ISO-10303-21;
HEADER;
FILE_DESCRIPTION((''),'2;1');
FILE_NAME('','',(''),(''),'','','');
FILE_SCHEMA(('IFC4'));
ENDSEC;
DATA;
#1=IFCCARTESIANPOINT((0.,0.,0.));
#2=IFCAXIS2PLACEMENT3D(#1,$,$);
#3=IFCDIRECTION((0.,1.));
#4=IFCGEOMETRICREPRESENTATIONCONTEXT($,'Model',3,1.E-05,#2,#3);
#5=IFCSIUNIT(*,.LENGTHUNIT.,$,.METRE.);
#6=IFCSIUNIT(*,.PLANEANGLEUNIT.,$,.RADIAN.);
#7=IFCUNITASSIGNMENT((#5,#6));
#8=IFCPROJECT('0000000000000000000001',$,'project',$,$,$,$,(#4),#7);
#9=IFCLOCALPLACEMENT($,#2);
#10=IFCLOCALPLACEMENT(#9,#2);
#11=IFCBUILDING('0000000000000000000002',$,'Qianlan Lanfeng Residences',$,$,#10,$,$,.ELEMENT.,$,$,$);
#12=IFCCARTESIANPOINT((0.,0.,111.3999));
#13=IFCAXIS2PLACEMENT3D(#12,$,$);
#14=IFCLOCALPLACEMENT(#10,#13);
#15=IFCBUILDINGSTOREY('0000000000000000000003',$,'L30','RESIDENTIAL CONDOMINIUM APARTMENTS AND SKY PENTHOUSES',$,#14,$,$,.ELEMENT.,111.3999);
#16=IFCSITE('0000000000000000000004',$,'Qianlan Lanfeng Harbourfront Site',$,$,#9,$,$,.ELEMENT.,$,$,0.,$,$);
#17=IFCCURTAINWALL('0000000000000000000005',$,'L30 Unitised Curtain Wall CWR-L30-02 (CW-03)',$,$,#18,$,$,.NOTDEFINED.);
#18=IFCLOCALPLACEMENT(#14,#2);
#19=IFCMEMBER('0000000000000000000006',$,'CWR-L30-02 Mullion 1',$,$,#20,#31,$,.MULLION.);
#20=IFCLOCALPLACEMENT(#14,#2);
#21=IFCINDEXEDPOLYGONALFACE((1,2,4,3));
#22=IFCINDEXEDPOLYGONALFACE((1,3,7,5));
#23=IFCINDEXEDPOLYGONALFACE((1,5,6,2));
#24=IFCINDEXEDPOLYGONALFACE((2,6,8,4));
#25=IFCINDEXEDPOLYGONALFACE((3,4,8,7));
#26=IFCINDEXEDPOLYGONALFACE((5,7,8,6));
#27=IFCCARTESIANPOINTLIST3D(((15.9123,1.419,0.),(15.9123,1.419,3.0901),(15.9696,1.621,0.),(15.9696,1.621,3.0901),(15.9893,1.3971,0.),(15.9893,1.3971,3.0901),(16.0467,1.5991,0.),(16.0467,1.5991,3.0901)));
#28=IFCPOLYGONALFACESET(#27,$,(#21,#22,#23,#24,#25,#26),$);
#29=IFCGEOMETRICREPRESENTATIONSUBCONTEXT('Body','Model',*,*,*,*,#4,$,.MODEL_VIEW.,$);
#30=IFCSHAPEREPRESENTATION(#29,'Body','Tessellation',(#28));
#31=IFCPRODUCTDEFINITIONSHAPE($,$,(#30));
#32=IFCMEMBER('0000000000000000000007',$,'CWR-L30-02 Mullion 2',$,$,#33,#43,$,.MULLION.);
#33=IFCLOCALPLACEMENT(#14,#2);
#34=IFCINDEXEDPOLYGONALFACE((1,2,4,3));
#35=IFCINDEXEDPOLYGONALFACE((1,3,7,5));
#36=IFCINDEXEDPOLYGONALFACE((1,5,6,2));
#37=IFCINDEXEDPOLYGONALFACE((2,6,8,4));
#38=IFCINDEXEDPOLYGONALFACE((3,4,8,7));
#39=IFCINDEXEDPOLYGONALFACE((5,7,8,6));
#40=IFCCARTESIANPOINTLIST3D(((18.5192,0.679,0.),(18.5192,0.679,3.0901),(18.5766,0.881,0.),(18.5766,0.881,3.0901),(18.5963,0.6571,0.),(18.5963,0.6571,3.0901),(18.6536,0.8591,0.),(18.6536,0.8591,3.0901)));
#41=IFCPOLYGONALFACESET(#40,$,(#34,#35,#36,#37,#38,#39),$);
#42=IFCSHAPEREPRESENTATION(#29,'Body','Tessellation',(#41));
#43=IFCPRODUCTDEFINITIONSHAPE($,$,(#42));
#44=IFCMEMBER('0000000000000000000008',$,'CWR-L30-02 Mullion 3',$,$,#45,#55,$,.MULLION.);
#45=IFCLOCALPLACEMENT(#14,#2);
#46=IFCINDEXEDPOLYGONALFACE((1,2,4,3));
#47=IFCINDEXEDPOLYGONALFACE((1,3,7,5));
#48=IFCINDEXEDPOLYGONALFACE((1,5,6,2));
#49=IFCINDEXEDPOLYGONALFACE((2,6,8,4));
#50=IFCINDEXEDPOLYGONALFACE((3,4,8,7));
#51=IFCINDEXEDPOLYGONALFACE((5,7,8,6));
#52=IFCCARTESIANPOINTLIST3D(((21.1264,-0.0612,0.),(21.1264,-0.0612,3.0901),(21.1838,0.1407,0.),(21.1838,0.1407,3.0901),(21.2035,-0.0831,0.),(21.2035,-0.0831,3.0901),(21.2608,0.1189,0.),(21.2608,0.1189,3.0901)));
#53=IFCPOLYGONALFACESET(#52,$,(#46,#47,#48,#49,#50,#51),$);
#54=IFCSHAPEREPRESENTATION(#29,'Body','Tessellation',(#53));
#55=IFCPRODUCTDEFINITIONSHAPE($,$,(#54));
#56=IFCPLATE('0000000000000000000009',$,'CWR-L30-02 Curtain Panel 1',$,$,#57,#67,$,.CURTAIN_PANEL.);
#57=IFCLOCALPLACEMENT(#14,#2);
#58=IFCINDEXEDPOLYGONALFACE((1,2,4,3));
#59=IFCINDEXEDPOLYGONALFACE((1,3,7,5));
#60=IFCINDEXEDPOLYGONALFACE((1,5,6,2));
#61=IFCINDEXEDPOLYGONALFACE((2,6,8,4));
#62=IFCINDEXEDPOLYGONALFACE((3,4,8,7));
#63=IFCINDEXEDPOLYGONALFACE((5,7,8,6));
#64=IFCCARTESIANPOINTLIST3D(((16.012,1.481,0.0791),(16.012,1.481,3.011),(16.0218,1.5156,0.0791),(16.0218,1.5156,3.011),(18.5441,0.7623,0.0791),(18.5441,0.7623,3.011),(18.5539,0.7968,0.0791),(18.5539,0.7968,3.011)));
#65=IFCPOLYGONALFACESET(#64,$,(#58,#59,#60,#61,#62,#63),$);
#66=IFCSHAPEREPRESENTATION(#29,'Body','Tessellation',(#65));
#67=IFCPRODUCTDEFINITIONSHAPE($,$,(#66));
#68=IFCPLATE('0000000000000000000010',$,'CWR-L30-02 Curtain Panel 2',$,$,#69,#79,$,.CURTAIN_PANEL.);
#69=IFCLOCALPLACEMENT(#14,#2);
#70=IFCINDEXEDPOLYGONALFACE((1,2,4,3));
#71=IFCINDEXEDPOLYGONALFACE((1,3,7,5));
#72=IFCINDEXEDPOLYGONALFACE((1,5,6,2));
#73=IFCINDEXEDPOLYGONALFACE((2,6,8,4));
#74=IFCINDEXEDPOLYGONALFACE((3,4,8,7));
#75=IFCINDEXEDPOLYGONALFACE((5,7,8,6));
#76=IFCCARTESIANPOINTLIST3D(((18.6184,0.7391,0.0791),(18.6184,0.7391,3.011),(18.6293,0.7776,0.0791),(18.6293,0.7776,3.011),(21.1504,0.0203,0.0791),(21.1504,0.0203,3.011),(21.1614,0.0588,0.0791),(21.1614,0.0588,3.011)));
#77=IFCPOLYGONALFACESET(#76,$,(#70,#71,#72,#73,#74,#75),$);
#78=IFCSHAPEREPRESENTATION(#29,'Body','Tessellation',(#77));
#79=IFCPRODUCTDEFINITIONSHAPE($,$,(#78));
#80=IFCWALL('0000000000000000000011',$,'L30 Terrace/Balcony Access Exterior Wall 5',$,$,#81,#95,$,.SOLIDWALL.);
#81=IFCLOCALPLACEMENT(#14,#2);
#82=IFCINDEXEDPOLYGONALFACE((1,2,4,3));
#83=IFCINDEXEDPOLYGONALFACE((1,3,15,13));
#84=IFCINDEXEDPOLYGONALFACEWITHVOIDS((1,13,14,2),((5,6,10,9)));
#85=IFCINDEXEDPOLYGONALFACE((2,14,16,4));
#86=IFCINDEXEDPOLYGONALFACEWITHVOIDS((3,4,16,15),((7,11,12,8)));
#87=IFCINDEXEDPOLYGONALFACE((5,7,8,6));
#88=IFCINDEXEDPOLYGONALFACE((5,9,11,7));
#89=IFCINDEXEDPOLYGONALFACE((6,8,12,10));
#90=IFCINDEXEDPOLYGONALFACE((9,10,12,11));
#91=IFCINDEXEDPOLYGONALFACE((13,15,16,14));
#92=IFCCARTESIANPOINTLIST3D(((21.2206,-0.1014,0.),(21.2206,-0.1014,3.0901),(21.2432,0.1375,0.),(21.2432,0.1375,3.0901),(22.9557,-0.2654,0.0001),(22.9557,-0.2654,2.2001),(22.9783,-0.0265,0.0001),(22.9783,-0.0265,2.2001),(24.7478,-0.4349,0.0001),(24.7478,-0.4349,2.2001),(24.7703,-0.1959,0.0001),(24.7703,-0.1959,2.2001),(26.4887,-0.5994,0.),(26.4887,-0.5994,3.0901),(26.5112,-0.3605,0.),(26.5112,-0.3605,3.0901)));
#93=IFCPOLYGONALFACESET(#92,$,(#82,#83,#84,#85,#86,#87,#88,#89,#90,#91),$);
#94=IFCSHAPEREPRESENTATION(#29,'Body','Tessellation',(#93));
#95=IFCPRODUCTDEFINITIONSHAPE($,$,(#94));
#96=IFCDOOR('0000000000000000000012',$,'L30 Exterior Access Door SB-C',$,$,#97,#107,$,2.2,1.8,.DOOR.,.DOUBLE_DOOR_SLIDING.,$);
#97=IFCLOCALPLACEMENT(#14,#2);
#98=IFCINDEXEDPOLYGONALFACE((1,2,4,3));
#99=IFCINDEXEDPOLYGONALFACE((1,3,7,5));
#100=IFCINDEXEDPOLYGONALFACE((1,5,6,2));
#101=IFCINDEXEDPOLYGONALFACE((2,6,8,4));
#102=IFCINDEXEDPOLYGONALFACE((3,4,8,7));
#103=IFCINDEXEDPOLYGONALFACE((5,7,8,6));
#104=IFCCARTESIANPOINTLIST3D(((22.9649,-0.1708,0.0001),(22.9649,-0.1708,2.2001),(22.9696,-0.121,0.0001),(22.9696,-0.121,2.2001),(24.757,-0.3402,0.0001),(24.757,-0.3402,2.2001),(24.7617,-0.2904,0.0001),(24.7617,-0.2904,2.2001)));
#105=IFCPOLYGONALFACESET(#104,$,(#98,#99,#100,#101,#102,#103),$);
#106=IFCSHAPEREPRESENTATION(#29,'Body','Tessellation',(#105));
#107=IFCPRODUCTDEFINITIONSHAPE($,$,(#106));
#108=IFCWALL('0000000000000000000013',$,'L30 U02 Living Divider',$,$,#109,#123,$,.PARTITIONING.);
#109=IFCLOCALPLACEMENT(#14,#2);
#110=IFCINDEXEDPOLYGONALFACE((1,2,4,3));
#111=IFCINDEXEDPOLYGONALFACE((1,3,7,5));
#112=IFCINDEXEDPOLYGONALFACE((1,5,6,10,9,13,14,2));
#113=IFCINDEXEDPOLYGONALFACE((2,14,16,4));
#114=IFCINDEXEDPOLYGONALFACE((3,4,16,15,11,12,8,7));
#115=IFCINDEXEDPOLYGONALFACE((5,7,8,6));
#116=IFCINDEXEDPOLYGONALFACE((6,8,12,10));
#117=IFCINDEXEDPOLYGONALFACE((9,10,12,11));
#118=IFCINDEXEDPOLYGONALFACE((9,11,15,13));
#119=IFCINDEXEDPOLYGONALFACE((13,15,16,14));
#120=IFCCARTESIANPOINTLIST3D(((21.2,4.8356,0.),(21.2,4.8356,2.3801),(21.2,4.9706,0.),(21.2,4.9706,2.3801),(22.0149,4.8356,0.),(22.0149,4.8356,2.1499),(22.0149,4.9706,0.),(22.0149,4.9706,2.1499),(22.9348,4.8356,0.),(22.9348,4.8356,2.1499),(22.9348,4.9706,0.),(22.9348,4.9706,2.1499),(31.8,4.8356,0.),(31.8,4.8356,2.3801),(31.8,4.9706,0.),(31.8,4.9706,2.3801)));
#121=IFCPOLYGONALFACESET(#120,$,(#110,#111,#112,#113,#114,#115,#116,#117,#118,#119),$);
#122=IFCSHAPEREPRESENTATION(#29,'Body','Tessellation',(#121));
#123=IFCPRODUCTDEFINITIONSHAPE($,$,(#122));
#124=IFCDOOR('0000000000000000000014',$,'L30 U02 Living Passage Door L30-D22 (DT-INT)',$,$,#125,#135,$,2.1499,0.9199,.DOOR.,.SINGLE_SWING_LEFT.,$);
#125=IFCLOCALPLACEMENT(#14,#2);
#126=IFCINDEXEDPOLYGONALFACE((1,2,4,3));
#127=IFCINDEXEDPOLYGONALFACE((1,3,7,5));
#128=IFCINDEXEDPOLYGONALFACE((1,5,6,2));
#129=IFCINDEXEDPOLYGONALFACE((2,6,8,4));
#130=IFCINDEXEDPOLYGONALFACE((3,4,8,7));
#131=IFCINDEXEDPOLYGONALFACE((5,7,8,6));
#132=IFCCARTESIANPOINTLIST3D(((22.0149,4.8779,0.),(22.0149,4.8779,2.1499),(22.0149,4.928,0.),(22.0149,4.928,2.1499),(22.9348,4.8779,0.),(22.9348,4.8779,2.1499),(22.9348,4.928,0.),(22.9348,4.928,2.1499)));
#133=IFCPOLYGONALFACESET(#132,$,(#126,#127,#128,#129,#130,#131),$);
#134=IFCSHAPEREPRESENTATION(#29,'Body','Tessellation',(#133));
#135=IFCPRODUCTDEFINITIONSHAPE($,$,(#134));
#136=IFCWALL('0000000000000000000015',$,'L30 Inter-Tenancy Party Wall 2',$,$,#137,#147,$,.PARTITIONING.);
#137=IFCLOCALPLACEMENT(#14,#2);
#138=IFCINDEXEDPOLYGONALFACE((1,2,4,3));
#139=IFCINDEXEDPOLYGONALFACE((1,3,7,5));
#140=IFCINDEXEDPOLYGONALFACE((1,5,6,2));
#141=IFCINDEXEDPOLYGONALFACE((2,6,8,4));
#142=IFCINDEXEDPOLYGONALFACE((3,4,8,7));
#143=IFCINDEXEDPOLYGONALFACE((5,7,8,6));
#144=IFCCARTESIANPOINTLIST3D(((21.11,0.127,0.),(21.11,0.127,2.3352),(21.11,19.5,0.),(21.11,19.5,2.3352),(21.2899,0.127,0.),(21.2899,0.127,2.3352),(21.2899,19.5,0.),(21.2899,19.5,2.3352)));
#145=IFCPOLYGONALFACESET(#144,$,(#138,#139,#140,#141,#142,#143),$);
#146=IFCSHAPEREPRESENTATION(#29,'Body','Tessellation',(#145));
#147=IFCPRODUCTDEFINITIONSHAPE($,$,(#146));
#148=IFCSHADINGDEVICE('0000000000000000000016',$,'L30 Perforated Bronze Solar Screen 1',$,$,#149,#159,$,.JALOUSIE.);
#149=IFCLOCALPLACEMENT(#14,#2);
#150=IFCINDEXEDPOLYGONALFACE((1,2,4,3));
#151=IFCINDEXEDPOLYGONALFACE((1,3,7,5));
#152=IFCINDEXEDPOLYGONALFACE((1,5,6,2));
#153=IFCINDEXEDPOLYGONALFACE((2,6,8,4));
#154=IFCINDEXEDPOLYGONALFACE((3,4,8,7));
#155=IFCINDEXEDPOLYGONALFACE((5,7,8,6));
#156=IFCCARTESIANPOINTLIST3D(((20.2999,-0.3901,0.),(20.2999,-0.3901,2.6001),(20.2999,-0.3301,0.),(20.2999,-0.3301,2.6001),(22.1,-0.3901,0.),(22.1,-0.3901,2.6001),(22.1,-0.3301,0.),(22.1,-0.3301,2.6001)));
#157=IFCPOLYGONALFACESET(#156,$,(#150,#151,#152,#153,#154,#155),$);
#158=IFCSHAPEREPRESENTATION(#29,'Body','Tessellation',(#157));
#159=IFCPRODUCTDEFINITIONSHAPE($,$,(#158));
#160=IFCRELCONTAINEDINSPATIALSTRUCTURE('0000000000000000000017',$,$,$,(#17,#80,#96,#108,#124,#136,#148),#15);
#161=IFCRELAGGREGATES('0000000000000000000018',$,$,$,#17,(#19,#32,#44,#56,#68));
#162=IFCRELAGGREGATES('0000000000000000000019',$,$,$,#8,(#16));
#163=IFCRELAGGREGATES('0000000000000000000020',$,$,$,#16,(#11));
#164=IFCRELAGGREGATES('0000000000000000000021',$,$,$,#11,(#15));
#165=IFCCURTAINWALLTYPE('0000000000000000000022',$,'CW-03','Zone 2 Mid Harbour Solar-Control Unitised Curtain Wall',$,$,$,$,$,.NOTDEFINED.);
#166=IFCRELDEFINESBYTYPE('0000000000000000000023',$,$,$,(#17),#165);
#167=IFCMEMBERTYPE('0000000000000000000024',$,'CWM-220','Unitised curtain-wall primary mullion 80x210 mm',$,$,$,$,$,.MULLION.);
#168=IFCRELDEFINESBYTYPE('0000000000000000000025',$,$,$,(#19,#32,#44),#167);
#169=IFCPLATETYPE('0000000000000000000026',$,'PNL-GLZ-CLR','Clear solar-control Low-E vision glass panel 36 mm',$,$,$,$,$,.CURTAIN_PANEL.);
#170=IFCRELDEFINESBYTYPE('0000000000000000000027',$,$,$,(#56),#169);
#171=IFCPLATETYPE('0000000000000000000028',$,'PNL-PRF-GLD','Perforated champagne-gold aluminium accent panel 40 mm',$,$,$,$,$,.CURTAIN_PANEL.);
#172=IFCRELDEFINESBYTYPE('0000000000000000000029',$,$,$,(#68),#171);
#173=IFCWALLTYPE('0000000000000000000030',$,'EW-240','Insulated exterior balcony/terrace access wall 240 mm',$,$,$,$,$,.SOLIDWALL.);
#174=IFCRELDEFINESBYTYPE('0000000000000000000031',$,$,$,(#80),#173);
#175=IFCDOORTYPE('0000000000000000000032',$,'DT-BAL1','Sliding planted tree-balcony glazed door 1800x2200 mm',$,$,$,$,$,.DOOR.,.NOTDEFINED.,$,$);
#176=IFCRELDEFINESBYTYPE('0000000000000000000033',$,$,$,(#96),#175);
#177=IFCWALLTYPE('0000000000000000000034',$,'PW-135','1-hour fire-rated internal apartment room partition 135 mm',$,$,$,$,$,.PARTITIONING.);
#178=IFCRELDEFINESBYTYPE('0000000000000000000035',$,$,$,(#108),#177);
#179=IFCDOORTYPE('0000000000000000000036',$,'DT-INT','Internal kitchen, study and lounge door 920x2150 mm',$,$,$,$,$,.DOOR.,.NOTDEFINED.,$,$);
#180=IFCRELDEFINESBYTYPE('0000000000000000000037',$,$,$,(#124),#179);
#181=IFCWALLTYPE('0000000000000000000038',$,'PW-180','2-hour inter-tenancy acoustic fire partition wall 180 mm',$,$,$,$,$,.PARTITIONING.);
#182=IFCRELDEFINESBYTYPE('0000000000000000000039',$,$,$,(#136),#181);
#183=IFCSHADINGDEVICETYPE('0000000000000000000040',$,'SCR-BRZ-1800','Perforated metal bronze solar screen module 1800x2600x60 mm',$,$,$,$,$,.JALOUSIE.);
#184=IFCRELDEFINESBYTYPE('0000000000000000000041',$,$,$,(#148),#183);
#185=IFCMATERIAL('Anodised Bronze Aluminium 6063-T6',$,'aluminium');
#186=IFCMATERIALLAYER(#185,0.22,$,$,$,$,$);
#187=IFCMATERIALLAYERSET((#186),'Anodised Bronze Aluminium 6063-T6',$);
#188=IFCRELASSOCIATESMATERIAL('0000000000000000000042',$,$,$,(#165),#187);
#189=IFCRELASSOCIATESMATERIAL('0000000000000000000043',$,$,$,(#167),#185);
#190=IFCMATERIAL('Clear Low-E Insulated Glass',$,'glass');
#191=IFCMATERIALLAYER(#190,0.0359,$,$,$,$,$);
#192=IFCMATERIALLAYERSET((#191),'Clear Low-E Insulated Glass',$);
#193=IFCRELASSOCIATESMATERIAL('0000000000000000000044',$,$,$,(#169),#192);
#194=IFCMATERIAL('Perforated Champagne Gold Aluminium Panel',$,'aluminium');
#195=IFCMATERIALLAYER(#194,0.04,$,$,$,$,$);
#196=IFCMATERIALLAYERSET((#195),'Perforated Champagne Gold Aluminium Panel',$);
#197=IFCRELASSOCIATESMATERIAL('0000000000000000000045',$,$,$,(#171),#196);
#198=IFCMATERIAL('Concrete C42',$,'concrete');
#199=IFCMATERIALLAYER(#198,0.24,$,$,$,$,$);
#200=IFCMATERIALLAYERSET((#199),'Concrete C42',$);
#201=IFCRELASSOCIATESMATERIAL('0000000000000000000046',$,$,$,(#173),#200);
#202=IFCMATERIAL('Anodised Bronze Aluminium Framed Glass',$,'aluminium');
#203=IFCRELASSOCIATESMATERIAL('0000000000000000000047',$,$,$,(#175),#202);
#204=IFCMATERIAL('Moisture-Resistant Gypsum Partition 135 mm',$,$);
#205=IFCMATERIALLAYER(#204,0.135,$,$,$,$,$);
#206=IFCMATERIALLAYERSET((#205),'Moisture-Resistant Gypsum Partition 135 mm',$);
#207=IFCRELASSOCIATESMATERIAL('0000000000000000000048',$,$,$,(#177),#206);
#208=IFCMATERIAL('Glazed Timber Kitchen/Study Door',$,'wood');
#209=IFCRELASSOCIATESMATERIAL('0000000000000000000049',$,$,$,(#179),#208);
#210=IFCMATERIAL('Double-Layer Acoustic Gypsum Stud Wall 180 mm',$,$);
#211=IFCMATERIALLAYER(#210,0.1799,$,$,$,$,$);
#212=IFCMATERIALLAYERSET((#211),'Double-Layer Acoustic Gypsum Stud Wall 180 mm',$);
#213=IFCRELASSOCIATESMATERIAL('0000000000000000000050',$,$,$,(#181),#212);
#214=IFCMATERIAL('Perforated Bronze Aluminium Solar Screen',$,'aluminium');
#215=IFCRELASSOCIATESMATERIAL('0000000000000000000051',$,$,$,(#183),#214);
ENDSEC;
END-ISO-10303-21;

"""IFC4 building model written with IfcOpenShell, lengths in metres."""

from ifc_helpers import new_model, si_unit, direction, frame, frame_2d, origin, origin_2d, place, context, subcontext, project, spatial, rectangle, extrude, source, transform, mapped, material, layer, layer_set, material_profile, profile_set, type_object, element, fill, aggregate, save


model = new_model("IFC4")

# Units and contexts
model_context = context("Model", 3, precision=1e-05, world=origin(), true_north=direction((0.0, 1.0)))
body_context = subcontext(model_context, "Body", "Model", "MODEL_VIEW")
ifc_project = project(units=[si_unit("LENGTHUNIT", "METRE"), si_unit("PLANEANGLEUNIT", "RADIAN")], contexts=[model_context])

# Site, building, storey
site_placement = place(None, origin())
site = spatial("IfcSite", under=ifc_project, at=site_placement, Name="Qianlan Lanfeng Harbourfront Site", CompositionType="ELEMENT", RefElevation=0.0)
building_placement = place(site_placement, origin())
building = spatial("IfcBuilding", under=site, at=building_placement, Name="Qianlan Lanfeng Residences", CompositionType="ELEMENT")
storey_placement = place(building_placement, frame((0.0, 0.0, 111.3999)))
storey = spatial("IfcBuildingStorey", under=building, at=storey_placement, Name="L30", Description="RESIDENTIAL CONDOMINIUM APARTMENTS AND SKY PENTHOUSES", CompositionType="ELEMENT", Elevation=111.3999)

# Curtain wall, members, plates
ifc_material_1 = material(Name="Anodised Bronze Aluminium 6063-T6", Category="aluminium")
ifc_layer_1 = layer(ifc_material_1, 0.22)
ifc_layer_set_1 = layer_set([ifc_layer_1], Name="Anodised Bronze Aluminium 6063-T6")
curtain_wall_type = type_object("IfcCurtainWallType", Name="CW-03", Description="Zone 2 Mid Harbour Solar-Control Unitised Curtain Wall", PredefinedType="NOTDEFINED", material=ifc_layer_set_1)
curtain_wall_placement = place(storey_placement, origin())
curtain_wall = element("IfcCurtainWall", 1, at=curtain_wall_placement, inside=storey, type_object=curtain_wall_type, Name="L30 Unitised Curtain Wall CWR-L30-02 (CW-03)", PredefinedType="NOTDEFINED")
ifc_material_profile_1 = material_profile(ifc_material_1, rectangle(XDim=0.0801, YDim=0.21, at=origin_2d()), Name="ALU MULLION 80x210")
ifc_profile_set_1 = profile_set([ifc_material_profile_1], Name="Anodised Bronze Aluminium 6063-T6")
member_type_1 = type_object("IfcMemberType", Name="CWM-220", Description="Unitised curtain-wall primary mullion 80x210 mm", PredefinedType="MULLION", material=ifc_profile_set_1)
shared_shape_1 = source(origin(), body_context, "Body", "SweptSolid", [
    extrude(rectangle(XDim=0.0801, YDim=0.21, at=origin_2d()), origin(), (0.0, 0.0, 1.0), 3.0901),
])
member_1_placement = place(storey_placement, frame((15.9795, 1.509, 0.0), z_axis=(0.0, 0.0, 1.0), x_axis=(0.961989, -0.273088, 0.0)))
member_1 = element("IfcMember", 2, at=member_1_placement, type_object=member_type_1, Name="CWR-L30-02 Mullion 1", PredefinedType="MULLION", context=body_context, shape_type="MappedRepresentation", body=[
    mapped(shared_shape_1, transform((0.0, 0.0, 0.0), scale=1.0)),
])
member_2_placement = place(storey_placement, frame((18.5864, 0.769, 0.0), z_axis=(0.0, 0.0, 1.0), x_axis=(0.961989, -0.273088, 0.0)))
member_2 = element("IfcMember", 3, at=member_2_placement, type_object=member_type_1, Name="CWR-L30-02 Mullion 2", PredefinedType="MULLION", context=body_context, shape_type="MappedRepresentation", body=[
    mapped(shared_shape_1, transform((0.0, 0.0, 0.0), scale=1.0)),
])
member_3_placement = place(storey_placement, frame((21.1936, 0.0288, 0.0), z_axis=(0.0, 0.0, 1.0), x_axis=(0.961989, -0.273088, 0.0)))
member_3 = element("IfcMember", 4, at=member_3_placement, type_object=member_type_1, Name="CWR-L30-02 Mullion 3", PredefinedType="MULLION", context=body_context, shape_type="MappedRepresentation", body=[
    mapped(shared_shape_1, transform((0.0, 0.0, 0.0), scale=1.0)),
])
ifc_material_2 = material(Name="Clear Low-E Insulated Glass", Category="glass")
ifc_layer_2 = layer(ifc_material_2, 0.0359)
ifc_layer_set_2 = layer_set([ifc_layer_2], Name="Clear Low-E Insulated Glass")
plate_type_1 = type_object("IfcPlateType", Name="PNL-GLZ-CLR", Description="Clear solar-control Low-E vision glass panel 36 mm", PredefinedType="CURTAIN_PANEL", material=ifc_layer_set_2)
shared_shape_2 = source(origin(), body_context, "Body", "SweptSolid", [
    extrude(rectangle(XDim=2.6321, YDim=0.0359, at=origin_2d()), origin(), (0.0, 0.0, 1.0), 2.9319),
])
plate_1_placement = place(storey_placement, frame((17.283, 1.1389, 0.0791), z_axis=(0.0, 0.0, 1.0), x_axis=(0.961989, -0.273088, 0.0)))
plate_1 = element("IfcPlate", 5, at=plate_1_placement, type_object=plate_type_1, Name="CWR-L30-02 Curtain Panel 1", PredefinedType="CURTAIN_PANEL", context=body_context, shape_type="MappedRepresentation", body=[
    mapped(shared_shape_2, transform((0.0, 0.0, 0.0), scale=1.0)),
])
ifc_material_3 = material(Name="Perforated Champagne Gold Aluminium Panel", Category="aluminium")
ifc_layer_3 = layer(ifc_material_3, 0.04)
ifc_layer_set_3 = layer_set([ifc_layer_3], Name="Perforated Champagne Gold Aluminium Panel")
plate_type_2 = type_object("IfcPlateType", Name="PNL-PRF-GLD", Description="Perforated champagne-gold aluminium accent panel 40 mm", PredefinedType="CURTAIN_PANEL", material=ifc_layer_set_3)
shared_shape_3 = source(origin(), body_context, "Body", "SweptSolid", [
    extrude(rectangle(XDim=2.6321, YDim=0.04, at=origin_2d()), origin(), (0.0, 0.0, 1.0), 2.9319),
])
plate_2_placement = place(storey_placement, frame((19.8899, 0.3989, 0.0791), z_axis=(0.0, 0.0, 1.0), x_axis=(0.961989, -0.273088, 0.0)))
plate_2 = element("IfcPlate", 6, at=plate_2_placement, type_object=plate_type_2, Name="CWR-L30-02 Curtain Panel 2", PredefinedType="CURTAIN_PANEL", context=body_context, shape_type="MappedRepresentation", body=[
    mapped(shared_shape_3, transform((0.0, 0.0, 0.0), scale=1.0)),
])
aggregate(curtain_wall, [member_1, member_2, member_3, plate_1, plate_2])

# Walls, openings, doors
ifc_material_4 = material(Name="Concrete C42", Category="concrete")
ifc_layer_4 = layer(ifc_material_4, 0.24)
ifc_layer_set_4 = layer_set([ifc_layer_4], Name="Concrete C42")
wall_type_1 = type_object("IfcWallType", Name="EW-240", Description="Insulated exterior balcony/terrace access wall 240 mm", PredefinedType="SOLIDWALL", material=ifc_layer_set_4)
wall_1_placement = place(storey_placement, frame((21.2319, 0.0181, 0.0), z_axis=(0.0, 0.0, 1.0), x_axis=(0.995561, -0.094121, 0.0)))
wall_1 = element("IfcWall", 7, at=wall_1_placement, inside=storey, type_object=wall_type_1, Name="L30 Terrace/Balcony Access Exterior Wall 5", PredefinedType="SOLIDWALL", context=body_context, shape_type="SweptSolid", body=[
    extrude(rectangle(XDim=5.2915, YDim=0.24, at=frame_2d((2.6458, 0.0))), origin(), (0.0, 0.0, 1.0), 3.0901),
])
opening_1_placement = place(wall_1_placement, frame((1.7429, 0.0, 0.0)))
opening_1 = element("IfcOpeningElement", 8, at=opening_1_placement, cuts=wall_1, PredefinedType="OPENING", context=body_context, shape_type="SweptSolid", body=[
    extrude(rectangle(XDim=1.8, YDim=2.2, at=frame_2d((0.8999, 1.1001))), frame((0.0, 0.1299, 0.0), z_axis=(0.0, -1.0, 0.0), x_axis=(1.0, 0.0, 0.0)), (0.0, 0.0, 1.0), 0.26),
])
ifc_material_5 = material(Name="Anodised Bronze Aluminium Framed Glass", Category="aluminium")
door_type_1 = type_object("IfcDoorType", Name="DT-BAL1", Description="Sliding planted tree-balcony glazed door 1800x2200 mm", OperationType="NOTDEFINED", PredefinedType="DOOR", material=ifc_material_5)
door_1_placement = place(opening_1_placement, frame((1.8, 0.0, 0.0), z_axis=(0.0, 0.0, 1.0), x_axis=(-1.0, 0.0, 0.0)))
door_1 = element("IfcDoor", 9, at=door_1_placement, inside=storey, type_object=door_type_1, Name="L30 Exterior Access Door SB-C", OperationType="DOUBLE_DOOR_SLIDING", OverallHeight=2.2, OverallWidth=1.8, PredefinedType="DOOR", context=body_context, shape_type="SweptSolid", body=[
    extrude(rectangle(XDim=1.8, YDim=2.2, at=frame_2d((0.8999, 1.1001))), frame((0.0, 0.0249, 0.0), z_axis=(0.0, -1.0, 0.0), x_axis=(1.0, 0.0, 0.0)), (0.0, 0.0, 1.0), 0.05),
])
fill(opening_1, door_1)
ifc_material_6 = material(Name="Moisture-Resistant Gypsum Partition 135 mm")
ifc_layer_5 = layer(ifc_material_6, 0.135)
ifc_layer_set_5 = layer_set([ifc_layer_5], Name="Moisture-Resistant Gypsum Partition 135 mm")
wall_type_2 = type_object("IfcWallType", Name="PW-135", Description="1-hour fire-rated internal apartment room partition 135 mm", PredefinedType="PARTITIONING", material=ifc_layer_set_5)
wall_2_placement = place(storey_placement, frame((21.2, 4.9031, 0.0), z_axis=(0.0, 0.0, 1.0), x_axis=(1.0, 0.0, 0.0)))
wall_2 = element("IfcWall", 10, at=wall_2_placement, inside=storey, type_object=wall_type_2, Name="L30 U02 Living Divider", PredefinedType="PARTITIONING", context=body_context, shape_type="SweptSolid", body=[
    extrude(rectangle(XDim=10.6001, YDim=0.135, at=frame_2d((5.3, 0.0))), origin(), (0.0, 0.0, 1.0), 2.3801),
])
opening_2_placement = place(wall_2_placement, frame((0.8149, 0.0, 0.0)))
opening_2 = element("IfcOpeningElement", 11, at=opening_2_placement, cuts=wall_2, PredefinedType="OPENING", context=body_context, shape_type="SweptSolid", body=[
    extrude(rectangle(XDim=0.9199, YDim=2.1499, at=frame_2d((0.46, 1.075))), frame((0.0, 0.0776, 0.0), z_axis=(0.0, -1.0, 0.0), x_axis=(1.0, 0.0, 0.0)), (0.0, 0.0, 1.0), 0.155),
])
ifc_material_7 = material(Name="Glazed Timber Kitchen/Study Door", Category="wood")
door_type_2 = type_object("IfcDoorType", Name="DT-INT", Description="Internal kitchen, study and lounge door 920x2150 mm", OperationType="NOTDEFINED", PredefinedType="DOOR", material=ifc_material_7)
door_2_placement = place(opening_2_placement, origin())
door_2 = element("IfcDoor", 12, at=door_2_placement, inside=storey, type_object=door_type_2, Name="L30 U02 Living Passage Door L30-D22 (DT-INT)", OperationType="SINGLE_SWING_LEFT", OverallHeight=2.1499, OverallWidth=0.9199, PredefinedType="DOOR", context=body_context, shape_type="SweptSolid", body=[
    extrude(rectangle(XDim=0.9199, YDim=2.1499, at=frame_2d((0.46, 1.075))), frame((0.0, 0.0249, 0.0), z_axis=(0.0, -1.0, 0.0), x_axis=(1.0, 0.0, 0.0)), (0.0, 0.0, 1.0), 0.05),
])
fill(opening_2, door_2)

# Wall
ifc_material_8 = material(Name="Double-Layer Acoustic Gypsum Stud Wall 180 mm")
ifc_layer_6 = layer(ifc_material_8, 0.1799)
ifc_layer_set_6 = layer_set([ifc_layer_6], Name="Double-Layer Acoustic Gypsum Stud Wall 180 mm")
wall_type_3 = type_object("IfcWallType", Name="PW-180", Description="2-hour inter-tenancy acoustic fire partition wall 180 mm", PredefinedType="PARTITIONING", material=ifc_layer_set_6)
wall_3_placement = place(storey_placement, frame((21.2, 0.127, 0.0), z_axis=(0.0, 0.0, 1.0), x_axis=(0.0, 1.0, 0.0)))
element("IfcWall", 13, at=wall_3_placement, inside=storey, type_object=wall_type_3, Name="L30 Inter-Tenancy Party Wall 2", PredefinedType="PARTITIONING", context=body_context, shape_type="SweptSolid", body=[
    extrude(rectangle(XDim=19.373, YDim=0.1799, at=frame_2d((9.6865, 0.0))), origin(), (0.0, 0.0, 1.0), 2.3352),
])

# Shading device
ifc_material_9 = material(Name="Perforated Bronze Aluminium Solar Screen", Category="aluminium")
shading_device_type = type_object("IfcShadingDeviceType", Name="SCR-BRZ-1800", Description="Perforated metal bronze solar screen module 1800x2600x60 mm", PredefinedType="JALOUSIE", material=ifc_material_9)
shared_shape_4 = source(origin(), body_context, "Body", "SweptSolid", [
    extrude(rectangle(XDim=1.8, YDim=0.0601, at=origin_2d()), origin(), (0.0, 0.0, 1.0), 2.6001),
])
shading_device_placement = place(storey_placement, frame((21.2, -0.3601, 0.0), z_axis=(0.0, 0.0, 1.0), x_axis=(1.0, 0.0, 0.0)))
element("IfcShadingDevice", 14, at=shading_device_placement, inside=storey, type_object=shading_device_type, Name="L30 Perforated Bronze Solar Screen 1", PredefinedType="JALOUSIE", context=body_context, shape_type="MappedRepresentation", body=[
    mapped(shared_shape_4, transform((0.0, 0.0, 0.0), scale=1.0)),
])

save(model, "model.ifc")
